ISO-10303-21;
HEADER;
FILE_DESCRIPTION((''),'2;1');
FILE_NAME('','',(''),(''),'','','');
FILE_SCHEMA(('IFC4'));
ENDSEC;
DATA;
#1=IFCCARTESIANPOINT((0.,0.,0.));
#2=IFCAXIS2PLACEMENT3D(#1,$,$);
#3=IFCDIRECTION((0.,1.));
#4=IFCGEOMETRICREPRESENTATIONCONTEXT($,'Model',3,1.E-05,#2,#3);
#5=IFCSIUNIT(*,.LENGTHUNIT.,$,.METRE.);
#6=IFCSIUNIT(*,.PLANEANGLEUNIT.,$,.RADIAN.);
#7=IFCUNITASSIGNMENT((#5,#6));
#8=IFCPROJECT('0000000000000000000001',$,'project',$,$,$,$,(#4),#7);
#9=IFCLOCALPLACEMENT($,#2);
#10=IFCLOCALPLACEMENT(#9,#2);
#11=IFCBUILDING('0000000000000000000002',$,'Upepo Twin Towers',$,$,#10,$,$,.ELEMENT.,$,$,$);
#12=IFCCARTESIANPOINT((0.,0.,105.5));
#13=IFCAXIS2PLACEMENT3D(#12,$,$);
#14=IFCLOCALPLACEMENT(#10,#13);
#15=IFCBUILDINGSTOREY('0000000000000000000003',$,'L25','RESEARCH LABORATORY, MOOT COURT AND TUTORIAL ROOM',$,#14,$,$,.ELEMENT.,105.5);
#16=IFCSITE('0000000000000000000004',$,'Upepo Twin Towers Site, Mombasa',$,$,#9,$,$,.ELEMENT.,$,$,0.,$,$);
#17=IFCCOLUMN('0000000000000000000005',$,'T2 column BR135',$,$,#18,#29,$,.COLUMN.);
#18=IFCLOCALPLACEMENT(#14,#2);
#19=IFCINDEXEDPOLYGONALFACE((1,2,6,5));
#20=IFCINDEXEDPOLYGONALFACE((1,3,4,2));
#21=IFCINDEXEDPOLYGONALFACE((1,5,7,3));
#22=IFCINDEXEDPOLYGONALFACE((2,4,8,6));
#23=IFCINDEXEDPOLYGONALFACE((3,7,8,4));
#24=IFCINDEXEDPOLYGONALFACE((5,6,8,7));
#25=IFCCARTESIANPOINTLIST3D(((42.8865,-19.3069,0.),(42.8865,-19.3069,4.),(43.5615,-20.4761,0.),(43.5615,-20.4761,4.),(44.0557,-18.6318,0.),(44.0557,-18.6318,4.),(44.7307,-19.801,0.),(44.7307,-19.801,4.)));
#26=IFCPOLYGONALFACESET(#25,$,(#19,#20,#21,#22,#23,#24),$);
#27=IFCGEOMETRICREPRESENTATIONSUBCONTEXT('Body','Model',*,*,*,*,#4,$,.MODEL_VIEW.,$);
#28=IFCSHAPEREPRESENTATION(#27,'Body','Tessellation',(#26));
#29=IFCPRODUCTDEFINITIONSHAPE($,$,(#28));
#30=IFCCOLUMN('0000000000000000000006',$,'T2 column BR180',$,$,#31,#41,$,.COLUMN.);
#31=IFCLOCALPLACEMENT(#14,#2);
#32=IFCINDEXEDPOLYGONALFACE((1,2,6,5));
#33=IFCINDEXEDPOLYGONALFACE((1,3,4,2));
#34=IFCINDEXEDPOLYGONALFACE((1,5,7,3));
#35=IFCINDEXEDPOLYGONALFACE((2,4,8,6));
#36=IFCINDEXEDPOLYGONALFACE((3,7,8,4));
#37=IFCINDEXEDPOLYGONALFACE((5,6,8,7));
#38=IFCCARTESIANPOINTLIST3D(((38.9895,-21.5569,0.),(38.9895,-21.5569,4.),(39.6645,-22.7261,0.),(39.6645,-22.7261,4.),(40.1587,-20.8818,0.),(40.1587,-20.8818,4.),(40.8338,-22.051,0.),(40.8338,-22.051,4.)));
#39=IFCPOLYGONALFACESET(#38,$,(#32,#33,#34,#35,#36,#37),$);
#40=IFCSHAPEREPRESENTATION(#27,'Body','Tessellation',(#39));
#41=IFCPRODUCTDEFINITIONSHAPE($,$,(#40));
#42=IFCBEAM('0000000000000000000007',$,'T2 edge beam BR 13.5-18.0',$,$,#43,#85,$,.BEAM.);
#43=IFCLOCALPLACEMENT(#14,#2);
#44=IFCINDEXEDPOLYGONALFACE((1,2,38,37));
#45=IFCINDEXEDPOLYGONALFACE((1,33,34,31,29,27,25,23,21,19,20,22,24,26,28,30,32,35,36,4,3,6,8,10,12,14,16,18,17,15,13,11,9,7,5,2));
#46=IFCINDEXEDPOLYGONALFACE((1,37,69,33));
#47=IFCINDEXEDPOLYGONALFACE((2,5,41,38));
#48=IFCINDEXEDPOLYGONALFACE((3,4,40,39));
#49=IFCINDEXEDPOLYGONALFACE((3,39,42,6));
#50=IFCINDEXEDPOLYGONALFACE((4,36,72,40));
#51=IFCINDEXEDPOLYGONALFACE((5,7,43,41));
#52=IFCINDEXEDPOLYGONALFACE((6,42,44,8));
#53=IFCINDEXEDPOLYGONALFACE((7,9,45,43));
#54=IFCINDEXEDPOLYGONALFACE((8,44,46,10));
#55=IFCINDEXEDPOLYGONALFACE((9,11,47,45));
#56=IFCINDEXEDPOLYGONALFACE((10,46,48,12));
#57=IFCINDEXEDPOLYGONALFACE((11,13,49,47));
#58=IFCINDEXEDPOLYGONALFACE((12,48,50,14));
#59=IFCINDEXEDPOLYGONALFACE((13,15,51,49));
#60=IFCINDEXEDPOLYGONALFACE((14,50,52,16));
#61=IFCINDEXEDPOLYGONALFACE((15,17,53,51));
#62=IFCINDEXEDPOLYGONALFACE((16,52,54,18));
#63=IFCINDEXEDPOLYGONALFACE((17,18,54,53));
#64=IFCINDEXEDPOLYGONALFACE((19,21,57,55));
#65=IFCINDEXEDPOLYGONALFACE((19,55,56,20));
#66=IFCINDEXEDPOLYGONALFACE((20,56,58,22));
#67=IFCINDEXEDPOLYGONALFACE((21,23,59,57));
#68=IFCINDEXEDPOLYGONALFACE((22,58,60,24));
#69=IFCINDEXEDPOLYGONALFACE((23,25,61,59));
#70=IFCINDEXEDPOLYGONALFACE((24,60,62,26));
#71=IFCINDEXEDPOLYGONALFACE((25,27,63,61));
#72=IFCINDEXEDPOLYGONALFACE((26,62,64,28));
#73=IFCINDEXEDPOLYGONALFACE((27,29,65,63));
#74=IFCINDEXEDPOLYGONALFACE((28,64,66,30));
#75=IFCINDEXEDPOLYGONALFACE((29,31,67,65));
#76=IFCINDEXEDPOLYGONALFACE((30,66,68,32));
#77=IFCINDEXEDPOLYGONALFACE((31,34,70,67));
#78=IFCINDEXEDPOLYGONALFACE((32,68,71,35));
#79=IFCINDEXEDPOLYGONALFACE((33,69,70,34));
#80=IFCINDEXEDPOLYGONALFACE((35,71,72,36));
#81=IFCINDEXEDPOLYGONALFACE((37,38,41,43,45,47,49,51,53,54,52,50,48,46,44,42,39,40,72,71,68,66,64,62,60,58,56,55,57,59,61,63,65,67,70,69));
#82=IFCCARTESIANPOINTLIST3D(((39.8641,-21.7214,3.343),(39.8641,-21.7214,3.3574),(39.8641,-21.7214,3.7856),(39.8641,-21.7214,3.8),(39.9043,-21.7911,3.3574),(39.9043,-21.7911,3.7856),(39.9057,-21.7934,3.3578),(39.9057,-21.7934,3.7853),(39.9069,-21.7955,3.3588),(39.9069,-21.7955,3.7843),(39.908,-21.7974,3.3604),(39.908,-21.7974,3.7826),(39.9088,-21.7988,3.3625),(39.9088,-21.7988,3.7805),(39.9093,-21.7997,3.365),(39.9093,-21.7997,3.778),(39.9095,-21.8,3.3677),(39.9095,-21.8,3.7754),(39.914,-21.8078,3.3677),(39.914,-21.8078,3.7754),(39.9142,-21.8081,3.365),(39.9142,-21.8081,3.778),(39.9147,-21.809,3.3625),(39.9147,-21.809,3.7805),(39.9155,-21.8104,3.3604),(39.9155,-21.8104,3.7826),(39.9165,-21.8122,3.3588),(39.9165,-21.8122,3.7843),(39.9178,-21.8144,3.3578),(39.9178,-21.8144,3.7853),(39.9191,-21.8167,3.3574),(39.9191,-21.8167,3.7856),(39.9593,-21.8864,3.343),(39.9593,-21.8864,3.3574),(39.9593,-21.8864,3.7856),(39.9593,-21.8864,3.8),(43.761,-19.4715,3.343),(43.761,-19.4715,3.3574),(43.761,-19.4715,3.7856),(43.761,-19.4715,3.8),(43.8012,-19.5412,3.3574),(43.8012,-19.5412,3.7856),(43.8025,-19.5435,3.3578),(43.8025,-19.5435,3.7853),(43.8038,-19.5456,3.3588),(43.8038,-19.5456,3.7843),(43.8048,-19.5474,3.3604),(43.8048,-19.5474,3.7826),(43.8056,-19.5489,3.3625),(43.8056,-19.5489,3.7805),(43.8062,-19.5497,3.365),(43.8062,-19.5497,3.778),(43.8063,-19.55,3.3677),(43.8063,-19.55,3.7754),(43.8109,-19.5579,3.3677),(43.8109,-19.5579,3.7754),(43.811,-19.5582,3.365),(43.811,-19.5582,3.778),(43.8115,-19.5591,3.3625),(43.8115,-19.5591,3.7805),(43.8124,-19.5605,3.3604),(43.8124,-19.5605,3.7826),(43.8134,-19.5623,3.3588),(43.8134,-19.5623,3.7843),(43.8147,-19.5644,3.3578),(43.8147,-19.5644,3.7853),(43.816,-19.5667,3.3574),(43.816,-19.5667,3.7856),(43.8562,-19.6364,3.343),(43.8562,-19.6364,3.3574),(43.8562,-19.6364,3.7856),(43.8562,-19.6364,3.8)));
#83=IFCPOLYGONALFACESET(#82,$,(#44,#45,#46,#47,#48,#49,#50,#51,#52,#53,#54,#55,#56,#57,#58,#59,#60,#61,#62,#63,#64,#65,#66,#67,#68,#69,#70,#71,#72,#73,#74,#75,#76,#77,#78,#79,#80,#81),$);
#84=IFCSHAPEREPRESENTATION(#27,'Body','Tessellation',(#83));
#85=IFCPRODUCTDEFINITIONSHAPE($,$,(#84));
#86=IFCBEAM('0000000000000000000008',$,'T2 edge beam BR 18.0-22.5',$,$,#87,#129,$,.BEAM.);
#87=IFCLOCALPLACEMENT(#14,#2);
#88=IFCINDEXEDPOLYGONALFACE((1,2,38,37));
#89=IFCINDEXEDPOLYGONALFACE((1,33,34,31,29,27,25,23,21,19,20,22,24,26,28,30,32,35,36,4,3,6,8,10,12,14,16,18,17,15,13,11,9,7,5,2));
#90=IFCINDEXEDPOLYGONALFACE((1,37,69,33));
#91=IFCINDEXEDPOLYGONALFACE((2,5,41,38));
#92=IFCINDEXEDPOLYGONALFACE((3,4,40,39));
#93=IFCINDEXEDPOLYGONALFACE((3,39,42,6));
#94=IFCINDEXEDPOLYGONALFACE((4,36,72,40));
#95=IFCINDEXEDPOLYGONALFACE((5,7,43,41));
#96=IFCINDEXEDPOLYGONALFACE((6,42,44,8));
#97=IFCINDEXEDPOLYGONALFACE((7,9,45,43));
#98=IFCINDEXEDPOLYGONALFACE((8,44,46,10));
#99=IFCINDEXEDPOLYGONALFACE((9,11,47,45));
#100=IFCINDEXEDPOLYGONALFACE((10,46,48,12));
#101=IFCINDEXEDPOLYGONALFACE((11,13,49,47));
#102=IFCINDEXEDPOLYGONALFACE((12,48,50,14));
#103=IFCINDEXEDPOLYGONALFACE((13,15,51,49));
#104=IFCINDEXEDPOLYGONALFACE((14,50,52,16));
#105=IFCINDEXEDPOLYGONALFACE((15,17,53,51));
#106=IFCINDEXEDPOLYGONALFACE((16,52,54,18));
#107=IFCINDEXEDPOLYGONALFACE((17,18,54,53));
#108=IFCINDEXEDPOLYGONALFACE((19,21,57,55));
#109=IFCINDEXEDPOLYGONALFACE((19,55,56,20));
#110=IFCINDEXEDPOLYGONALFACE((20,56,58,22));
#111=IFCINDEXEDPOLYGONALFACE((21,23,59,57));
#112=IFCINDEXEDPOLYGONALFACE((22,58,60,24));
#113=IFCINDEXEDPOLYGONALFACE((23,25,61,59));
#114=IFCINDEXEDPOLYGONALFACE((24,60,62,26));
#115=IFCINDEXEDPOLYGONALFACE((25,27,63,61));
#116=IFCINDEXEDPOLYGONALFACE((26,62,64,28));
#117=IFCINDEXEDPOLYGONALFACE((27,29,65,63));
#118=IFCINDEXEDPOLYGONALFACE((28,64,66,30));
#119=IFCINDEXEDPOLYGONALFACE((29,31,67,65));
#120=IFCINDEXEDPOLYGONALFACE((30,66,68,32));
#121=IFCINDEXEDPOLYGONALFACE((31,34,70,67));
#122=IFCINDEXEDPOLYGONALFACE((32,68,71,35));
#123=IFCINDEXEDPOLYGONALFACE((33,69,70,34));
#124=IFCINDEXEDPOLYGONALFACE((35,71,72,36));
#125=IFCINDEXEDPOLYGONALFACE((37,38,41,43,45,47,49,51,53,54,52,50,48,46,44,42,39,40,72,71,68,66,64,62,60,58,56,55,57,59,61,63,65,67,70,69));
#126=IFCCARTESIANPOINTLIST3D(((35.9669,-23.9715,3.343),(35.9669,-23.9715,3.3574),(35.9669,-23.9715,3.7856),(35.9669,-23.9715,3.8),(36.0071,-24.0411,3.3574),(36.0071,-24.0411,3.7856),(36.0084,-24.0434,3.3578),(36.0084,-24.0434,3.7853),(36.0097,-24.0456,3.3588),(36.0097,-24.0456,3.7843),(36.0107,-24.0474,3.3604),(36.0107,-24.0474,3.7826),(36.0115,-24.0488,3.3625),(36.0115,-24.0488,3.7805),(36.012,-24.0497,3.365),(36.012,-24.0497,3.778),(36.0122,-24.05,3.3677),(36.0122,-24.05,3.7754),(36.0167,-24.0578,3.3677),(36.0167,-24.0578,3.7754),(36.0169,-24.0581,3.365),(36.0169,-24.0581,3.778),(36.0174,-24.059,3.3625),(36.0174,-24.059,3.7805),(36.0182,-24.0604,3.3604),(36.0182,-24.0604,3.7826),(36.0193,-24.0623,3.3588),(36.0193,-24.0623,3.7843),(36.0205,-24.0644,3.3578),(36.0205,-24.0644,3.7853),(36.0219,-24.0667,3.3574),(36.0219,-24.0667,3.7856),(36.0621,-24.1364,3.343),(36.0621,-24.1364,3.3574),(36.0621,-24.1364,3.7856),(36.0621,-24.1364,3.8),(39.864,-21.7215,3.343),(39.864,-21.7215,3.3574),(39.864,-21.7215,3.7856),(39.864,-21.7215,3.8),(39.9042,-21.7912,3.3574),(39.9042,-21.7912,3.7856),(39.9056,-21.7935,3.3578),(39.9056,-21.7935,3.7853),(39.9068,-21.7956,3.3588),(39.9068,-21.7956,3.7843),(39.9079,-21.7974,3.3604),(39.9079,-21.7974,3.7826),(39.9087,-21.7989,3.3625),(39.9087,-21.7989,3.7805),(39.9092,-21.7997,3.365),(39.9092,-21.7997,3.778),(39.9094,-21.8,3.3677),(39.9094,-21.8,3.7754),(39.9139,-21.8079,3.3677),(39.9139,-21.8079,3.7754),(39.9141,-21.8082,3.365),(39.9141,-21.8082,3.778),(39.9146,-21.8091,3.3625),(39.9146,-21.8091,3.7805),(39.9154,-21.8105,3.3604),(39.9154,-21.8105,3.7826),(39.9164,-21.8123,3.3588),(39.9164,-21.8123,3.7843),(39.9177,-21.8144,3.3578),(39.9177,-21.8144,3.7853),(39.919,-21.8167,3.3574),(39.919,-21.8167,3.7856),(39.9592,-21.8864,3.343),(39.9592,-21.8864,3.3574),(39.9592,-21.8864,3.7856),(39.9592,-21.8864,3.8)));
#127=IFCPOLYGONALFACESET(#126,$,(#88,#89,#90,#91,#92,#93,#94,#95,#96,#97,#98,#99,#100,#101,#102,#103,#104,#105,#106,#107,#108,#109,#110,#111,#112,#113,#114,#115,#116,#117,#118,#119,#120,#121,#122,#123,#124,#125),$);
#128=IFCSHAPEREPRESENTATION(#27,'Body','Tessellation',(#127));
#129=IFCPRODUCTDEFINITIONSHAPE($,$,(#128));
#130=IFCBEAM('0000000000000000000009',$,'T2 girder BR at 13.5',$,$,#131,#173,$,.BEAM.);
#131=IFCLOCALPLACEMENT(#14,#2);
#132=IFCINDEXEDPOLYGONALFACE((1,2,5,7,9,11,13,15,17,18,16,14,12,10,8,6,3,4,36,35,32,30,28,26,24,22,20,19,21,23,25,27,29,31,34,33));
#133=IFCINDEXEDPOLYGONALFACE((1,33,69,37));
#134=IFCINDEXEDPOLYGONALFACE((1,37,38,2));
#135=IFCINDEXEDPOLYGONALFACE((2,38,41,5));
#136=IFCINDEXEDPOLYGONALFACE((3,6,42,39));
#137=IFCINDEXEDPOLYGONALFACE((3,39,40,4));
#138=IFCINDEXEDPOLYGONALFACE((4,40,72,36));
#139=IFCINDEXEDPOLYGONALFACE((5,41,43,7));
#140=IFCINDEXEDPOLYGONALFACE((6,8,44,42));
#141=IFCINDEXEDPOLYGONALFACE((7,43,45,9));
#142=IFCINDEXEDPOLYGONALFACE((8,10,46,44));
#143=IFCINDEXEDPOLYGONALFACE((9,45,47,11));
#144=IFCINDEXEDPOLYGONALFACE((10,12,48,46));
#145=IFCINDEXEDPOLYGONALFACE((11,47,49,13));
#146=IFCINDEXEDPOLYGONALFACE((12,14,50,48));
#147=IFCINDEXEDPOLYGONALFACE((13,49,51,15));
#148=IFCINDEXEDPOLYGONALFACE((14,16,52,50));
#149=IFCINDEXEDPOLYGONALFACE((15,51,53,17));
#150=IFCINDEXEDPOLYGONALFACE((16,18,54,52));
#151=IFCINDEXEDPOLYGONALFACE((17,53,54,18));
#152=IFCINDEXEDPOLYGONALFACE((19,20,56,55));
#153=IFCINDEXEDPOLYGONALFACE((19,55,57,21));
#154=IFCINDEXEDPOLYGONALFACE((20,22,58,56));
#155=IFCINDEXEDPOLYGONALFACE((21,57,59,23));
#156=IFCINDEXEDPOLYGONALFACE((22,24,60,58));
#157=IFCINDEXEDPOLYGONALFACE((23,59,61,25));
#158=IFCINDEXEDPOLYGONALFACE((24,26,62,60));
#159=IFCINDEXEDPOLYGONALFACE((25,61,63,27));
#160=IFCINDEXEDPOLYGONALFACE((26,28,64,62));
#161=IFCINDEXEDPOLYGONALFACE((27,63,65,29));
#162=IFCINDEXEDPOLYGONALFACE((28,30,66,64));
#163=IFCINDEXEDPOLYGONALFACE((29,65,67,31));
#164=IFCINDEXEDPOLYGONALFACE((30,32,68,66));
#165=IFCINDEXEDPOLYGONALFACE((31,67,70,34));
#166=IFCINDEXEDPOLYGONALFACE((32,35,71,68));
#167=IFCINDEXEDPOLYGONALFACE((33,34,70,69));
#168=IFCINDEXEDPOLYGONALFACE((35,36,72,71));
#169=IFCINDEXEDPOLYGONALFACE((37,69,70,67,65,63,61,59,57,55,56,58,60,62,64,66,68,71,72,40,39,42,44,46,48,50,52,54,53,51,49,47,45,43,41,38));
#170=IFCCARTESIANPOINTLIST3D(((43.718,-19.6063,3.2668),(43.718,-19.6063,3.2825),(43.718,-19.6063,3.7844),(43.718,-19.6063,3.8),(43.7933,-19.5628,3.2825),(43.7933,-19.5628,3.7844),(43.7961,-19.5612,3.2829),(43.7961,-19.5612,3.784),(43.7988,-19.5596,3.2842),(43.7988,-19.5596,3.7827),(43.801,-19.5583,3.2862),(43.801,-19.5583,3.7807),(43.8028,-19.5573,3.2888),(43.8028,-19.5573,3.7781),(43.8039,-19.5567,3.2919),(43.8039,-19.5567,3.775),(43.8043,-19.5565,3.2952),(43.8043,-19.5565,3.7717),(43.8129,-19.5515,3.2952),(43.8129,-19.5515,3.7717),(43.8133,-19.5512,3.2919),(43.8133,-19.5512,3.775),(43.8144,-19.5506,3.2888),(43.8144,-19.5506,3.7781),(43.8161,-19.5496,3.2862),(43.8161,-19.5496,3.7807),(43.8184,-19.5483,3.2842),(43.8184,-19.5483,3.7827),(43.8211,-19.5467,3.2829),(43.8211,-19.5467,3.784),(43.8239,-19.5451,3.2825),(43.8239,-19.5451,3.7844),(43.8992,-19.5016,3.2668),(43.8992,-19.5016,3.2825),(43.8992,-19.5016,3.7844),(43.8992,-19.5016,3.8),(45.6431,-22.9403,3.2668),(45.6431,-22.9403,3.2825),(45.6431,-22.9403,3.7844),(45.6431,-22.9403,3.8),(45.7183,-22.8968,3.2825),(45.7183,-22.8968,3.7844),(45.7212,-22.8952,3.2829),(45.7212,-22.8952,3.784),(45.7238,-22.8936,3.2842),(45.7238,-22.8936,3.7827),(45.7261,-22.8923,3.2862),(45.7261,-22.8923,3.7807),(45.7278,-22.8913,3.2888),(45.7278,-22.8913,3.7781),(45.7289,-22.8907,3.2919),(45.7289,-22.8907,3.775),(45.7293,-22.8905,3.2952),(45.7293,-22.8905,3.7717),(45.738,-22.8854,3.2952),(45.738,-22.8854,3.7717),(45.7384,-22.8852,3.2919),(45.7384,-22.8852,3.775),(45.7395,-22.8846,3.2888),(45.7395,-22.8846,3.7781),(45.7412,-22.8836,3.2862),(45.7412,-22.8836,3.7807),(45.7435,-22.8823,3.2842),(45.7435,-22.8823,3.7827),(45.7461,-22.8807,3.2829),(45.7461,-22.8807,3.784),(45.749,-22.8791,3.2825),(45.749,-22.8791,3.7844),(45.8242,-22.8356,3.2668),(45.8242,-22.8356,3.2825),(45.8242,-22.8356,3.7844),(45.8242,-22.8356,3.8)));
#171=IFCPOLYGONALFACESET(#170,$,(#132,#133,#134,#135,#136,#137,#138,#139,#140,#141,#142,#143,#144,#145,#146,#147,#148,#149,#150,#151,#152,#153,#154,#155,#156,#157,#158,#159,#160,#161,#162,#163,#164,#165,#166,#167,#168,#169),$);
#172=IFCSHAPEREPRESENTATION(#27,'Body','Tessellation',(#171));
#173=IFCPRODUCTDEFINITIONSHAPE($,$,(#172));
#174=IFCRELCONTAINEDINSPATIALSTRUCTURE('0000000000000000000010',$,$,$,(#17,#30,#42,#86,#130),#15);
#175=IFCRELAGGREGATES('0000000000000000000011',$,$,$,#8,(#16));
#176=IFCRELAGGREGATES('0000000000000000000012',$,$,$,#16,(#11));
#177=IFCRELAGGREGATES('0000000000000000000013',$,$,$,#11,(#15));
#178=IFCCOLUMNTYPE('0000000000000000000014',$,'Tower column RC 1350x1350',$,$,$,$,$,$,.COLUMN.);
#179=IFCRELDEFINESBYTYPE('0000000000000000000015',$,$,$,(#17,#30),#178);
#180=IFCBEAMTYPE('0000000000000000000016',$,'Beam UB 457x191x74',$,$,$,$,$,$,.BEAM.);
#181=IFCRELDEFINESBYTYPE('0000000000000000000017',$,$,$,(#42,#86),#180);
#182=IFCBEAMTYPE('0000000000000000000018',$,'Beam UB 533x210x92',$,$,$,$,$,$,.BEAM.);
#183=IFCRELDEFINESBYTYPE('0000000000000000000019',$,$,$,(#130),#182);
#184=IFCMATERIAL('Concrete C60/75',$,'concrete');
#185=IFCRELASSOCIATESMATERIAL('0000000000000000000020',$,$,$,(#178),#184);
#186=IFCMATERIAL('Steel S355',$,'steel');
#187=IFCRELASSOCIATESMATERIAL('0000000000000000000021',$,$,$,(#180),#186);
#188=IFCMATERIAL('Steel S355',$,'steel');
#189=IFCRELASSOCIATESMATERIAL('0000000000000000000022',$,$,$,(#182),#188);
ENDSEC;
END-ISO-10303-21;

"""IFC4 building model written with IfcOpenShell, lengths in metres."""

from ifc_helpers import new_model, si_unit, direction, frame, origin, origin_2d, place, context, subcontext, project, spatial, rectangle, i_section, extrude, material, material_profile, profile_set, type_object, element, save


model = new_model("IFC4")

# Units and contexts
model_context = context("Model", 3, precision=1e-05, world=origin(), true_north=direction((0.0, 1.0)))
body_context = subcontext(model_context, "Body", "Model", "MODEL_VIEW")
ifc_project = project(units=[si_unit("LENGTHUNIT", "METRE"), si_unit("PLANEANGLEUNIT", "RADIAN")], contexts=[model_context])

# Site, building, storey
site_placement = place(None, origin())
site = spatial("IfcSite", under=ifc_project, at=site_placement, Name="Upepo Twin Towers Site, Mombasa", CompositionType="ELEMENT", RefElevation=0.0)
building_placement = place(site_placement, origin())
building = spatial("IfcBuilding", under=site, at=building_placement, Name="Upepo Twin Towers", CompositionType="ELEMENT")
storey_placement = place(building_placement, frame((0.0, 0.0, 105.5)))
storey = spatial("IfcBuildingStorey", under=building, at=storey_placement, Name="L25", Description="RESEARCH LABORATORY, MOOT COURT AND TUTORIAL ROOM", CompositionType="ELEMENT", Elevation=105.5)

# Columns
ifc_material_1 = material(Name="Concrete C60/75", Category="concrete")
ifc_material_profile_1 = material_profile(ifc_material_1, rectangle(XDim=1.3501, YDim=1.3501, at=origin_2d()), Name="RC 1350x1350")
ifc_profile_set_1 = profile_set([ifc_material_profile_1], Name="Concrete C60/75")
column_type = type_object("IfcColumnType", Name="Tower column RC 1350x1350", PredefinedType="COLUMN", material=ifc_profile_set_1)
for number, where, z_axis, x_axis, name in (
    (1, (43.8086, -19.554, 0.0), (0.0, 0.0, 1.0), (0.866025, 0.5, 0.0), "T2 column BR135"),
    (2, (39.9116, -21.804, 0.0), (0.0, 0.0, 1.0), (0.866025, 0.5, 0.0), "T2 column BR180"),
):
    element("IfcColumn", number, at=place(storey_placement, frame(where, z_axis=z_axis, x_axis=x_axis)), inside=storey, type_object=column_type, Name=name, PredefinedType="COLUMN", context=body_context, shape_type="SweptSolid", body=[
        extrude(rectangle(XDim=1.3501, YDim=1.3501, at=origin_2d()), origin(), (0.0, 0.0, 1.0), 4.0),
    ])

# Beams
ifc_material_2 = material(Name="Steel S355", Category="steel")
ifc_material_profile_2 = material_profile(ifc_material_2, i_section(OverallWidth=0.1904, OverallDepth=0.457, WebThickness=0.009, FlangeThickness=0.0144, FilletRadius=0.0103, at=origin_2d()), Name="UB 457x191x74")
ifc_profile_set_2 = profile_set([ifc_material_profile_2], Name="Steel S355")
beam_type_1 = type_object("IfcBeamType", Name="Beam UB 457x191x74", PredefinedType="BEAM", material=ifc_profile_set_2)
beam_1_placement = place(storey_placement, frame((43.8086, -19.554, 3.5715), z_axis=(-0.866018, -0.500014, 0.0), x_axis=(0.500014, -0.866018, 0.0)))
element("IfcBeam", 3, at=beam_1_placement, inside=storey, type_object=beam_type_1, Name="T2 edge beam BR 13.5-18.0", PredefinedType="BEAM", context=body_context, shape_type="SweptSolid", body=[
    extrude(i_section(OverallWidth=0.1904, OverallDepth=0.457, WebThickness=0.009, FlangeThickness=0.0144, FilletRadius=0.0103, at=origin_2d()), origin(), (0.0, 0.0, 1.0), 4.4998),
])
beam_2_placement = place(storey_placement, frame((39.9116, -21.804, 3.5715), z_axis=(-0.866031, -0.49999, 0.0), x_axis=(0.49999, -0.866031, 0.0)))
element("IfcBeam", 4, at=beam_2_placement, inside=storey, type_object=beam_type_1, Name="T2 edge beam BR 18.0-22.5", PredefinedType="BEAM", context=body_context, shape_type="SweptSolid", body=[
    extrude(i_section(OverallWidth=0.1904, OverallDepth=0.457, WebThickness=0.009, FlangeThickness=0.0144, FilletRadius=0.0103, at=origin_2d()), origin(), (0.0, 0.0, 1.0), 4.5),
])
ifc_material_3 = material(Name="Steel S355", Category="steel")
ifc_material_profile_3 = material_profile(ifc_material_3, i_section(OverallWidth=0.2092, OverallDepth=0.5332, WebThickness=0.01, FlangeThickness=0.0156, FilletRadius=0.0127, at=origin_2d()), Name="UB 533x210x92")
ifc_profile_set_3 = profile_set([ifc_material_profile_3], Name="Steel S355")
beam_type_2 = type_object("IfcBeamType", Name="Beam UB 533x210x92", PredefinedType="BEAM", material=ifc_profile_set_3)
beam_3_placement = place(storey_placement, frame((43.8086, -19.554, 3.5334), z_axis=(0.500034, -0.866006, 0.0), x_axis=(0.866006, 0.500034, 0.0)))
element("IfcBeam", 5, at=beam_3_placement, inside=storey, type_object=beam_type_2, Name="T2 girder BR at 13.5", PredefinedType="BEAM", context=body_context, shape_type="SweptSolid", body=[
    extrude(i_section(OverallWidth=0.2092, OverallDepth=0.5332, WebThickness=0.01, FlangeThickness=0.0156, FilletRadius=0.0127, at=origin_2d()), origin(), (0.0, 0.0, 1.0), 3.8499),
])

save(model, "model.ifc")
